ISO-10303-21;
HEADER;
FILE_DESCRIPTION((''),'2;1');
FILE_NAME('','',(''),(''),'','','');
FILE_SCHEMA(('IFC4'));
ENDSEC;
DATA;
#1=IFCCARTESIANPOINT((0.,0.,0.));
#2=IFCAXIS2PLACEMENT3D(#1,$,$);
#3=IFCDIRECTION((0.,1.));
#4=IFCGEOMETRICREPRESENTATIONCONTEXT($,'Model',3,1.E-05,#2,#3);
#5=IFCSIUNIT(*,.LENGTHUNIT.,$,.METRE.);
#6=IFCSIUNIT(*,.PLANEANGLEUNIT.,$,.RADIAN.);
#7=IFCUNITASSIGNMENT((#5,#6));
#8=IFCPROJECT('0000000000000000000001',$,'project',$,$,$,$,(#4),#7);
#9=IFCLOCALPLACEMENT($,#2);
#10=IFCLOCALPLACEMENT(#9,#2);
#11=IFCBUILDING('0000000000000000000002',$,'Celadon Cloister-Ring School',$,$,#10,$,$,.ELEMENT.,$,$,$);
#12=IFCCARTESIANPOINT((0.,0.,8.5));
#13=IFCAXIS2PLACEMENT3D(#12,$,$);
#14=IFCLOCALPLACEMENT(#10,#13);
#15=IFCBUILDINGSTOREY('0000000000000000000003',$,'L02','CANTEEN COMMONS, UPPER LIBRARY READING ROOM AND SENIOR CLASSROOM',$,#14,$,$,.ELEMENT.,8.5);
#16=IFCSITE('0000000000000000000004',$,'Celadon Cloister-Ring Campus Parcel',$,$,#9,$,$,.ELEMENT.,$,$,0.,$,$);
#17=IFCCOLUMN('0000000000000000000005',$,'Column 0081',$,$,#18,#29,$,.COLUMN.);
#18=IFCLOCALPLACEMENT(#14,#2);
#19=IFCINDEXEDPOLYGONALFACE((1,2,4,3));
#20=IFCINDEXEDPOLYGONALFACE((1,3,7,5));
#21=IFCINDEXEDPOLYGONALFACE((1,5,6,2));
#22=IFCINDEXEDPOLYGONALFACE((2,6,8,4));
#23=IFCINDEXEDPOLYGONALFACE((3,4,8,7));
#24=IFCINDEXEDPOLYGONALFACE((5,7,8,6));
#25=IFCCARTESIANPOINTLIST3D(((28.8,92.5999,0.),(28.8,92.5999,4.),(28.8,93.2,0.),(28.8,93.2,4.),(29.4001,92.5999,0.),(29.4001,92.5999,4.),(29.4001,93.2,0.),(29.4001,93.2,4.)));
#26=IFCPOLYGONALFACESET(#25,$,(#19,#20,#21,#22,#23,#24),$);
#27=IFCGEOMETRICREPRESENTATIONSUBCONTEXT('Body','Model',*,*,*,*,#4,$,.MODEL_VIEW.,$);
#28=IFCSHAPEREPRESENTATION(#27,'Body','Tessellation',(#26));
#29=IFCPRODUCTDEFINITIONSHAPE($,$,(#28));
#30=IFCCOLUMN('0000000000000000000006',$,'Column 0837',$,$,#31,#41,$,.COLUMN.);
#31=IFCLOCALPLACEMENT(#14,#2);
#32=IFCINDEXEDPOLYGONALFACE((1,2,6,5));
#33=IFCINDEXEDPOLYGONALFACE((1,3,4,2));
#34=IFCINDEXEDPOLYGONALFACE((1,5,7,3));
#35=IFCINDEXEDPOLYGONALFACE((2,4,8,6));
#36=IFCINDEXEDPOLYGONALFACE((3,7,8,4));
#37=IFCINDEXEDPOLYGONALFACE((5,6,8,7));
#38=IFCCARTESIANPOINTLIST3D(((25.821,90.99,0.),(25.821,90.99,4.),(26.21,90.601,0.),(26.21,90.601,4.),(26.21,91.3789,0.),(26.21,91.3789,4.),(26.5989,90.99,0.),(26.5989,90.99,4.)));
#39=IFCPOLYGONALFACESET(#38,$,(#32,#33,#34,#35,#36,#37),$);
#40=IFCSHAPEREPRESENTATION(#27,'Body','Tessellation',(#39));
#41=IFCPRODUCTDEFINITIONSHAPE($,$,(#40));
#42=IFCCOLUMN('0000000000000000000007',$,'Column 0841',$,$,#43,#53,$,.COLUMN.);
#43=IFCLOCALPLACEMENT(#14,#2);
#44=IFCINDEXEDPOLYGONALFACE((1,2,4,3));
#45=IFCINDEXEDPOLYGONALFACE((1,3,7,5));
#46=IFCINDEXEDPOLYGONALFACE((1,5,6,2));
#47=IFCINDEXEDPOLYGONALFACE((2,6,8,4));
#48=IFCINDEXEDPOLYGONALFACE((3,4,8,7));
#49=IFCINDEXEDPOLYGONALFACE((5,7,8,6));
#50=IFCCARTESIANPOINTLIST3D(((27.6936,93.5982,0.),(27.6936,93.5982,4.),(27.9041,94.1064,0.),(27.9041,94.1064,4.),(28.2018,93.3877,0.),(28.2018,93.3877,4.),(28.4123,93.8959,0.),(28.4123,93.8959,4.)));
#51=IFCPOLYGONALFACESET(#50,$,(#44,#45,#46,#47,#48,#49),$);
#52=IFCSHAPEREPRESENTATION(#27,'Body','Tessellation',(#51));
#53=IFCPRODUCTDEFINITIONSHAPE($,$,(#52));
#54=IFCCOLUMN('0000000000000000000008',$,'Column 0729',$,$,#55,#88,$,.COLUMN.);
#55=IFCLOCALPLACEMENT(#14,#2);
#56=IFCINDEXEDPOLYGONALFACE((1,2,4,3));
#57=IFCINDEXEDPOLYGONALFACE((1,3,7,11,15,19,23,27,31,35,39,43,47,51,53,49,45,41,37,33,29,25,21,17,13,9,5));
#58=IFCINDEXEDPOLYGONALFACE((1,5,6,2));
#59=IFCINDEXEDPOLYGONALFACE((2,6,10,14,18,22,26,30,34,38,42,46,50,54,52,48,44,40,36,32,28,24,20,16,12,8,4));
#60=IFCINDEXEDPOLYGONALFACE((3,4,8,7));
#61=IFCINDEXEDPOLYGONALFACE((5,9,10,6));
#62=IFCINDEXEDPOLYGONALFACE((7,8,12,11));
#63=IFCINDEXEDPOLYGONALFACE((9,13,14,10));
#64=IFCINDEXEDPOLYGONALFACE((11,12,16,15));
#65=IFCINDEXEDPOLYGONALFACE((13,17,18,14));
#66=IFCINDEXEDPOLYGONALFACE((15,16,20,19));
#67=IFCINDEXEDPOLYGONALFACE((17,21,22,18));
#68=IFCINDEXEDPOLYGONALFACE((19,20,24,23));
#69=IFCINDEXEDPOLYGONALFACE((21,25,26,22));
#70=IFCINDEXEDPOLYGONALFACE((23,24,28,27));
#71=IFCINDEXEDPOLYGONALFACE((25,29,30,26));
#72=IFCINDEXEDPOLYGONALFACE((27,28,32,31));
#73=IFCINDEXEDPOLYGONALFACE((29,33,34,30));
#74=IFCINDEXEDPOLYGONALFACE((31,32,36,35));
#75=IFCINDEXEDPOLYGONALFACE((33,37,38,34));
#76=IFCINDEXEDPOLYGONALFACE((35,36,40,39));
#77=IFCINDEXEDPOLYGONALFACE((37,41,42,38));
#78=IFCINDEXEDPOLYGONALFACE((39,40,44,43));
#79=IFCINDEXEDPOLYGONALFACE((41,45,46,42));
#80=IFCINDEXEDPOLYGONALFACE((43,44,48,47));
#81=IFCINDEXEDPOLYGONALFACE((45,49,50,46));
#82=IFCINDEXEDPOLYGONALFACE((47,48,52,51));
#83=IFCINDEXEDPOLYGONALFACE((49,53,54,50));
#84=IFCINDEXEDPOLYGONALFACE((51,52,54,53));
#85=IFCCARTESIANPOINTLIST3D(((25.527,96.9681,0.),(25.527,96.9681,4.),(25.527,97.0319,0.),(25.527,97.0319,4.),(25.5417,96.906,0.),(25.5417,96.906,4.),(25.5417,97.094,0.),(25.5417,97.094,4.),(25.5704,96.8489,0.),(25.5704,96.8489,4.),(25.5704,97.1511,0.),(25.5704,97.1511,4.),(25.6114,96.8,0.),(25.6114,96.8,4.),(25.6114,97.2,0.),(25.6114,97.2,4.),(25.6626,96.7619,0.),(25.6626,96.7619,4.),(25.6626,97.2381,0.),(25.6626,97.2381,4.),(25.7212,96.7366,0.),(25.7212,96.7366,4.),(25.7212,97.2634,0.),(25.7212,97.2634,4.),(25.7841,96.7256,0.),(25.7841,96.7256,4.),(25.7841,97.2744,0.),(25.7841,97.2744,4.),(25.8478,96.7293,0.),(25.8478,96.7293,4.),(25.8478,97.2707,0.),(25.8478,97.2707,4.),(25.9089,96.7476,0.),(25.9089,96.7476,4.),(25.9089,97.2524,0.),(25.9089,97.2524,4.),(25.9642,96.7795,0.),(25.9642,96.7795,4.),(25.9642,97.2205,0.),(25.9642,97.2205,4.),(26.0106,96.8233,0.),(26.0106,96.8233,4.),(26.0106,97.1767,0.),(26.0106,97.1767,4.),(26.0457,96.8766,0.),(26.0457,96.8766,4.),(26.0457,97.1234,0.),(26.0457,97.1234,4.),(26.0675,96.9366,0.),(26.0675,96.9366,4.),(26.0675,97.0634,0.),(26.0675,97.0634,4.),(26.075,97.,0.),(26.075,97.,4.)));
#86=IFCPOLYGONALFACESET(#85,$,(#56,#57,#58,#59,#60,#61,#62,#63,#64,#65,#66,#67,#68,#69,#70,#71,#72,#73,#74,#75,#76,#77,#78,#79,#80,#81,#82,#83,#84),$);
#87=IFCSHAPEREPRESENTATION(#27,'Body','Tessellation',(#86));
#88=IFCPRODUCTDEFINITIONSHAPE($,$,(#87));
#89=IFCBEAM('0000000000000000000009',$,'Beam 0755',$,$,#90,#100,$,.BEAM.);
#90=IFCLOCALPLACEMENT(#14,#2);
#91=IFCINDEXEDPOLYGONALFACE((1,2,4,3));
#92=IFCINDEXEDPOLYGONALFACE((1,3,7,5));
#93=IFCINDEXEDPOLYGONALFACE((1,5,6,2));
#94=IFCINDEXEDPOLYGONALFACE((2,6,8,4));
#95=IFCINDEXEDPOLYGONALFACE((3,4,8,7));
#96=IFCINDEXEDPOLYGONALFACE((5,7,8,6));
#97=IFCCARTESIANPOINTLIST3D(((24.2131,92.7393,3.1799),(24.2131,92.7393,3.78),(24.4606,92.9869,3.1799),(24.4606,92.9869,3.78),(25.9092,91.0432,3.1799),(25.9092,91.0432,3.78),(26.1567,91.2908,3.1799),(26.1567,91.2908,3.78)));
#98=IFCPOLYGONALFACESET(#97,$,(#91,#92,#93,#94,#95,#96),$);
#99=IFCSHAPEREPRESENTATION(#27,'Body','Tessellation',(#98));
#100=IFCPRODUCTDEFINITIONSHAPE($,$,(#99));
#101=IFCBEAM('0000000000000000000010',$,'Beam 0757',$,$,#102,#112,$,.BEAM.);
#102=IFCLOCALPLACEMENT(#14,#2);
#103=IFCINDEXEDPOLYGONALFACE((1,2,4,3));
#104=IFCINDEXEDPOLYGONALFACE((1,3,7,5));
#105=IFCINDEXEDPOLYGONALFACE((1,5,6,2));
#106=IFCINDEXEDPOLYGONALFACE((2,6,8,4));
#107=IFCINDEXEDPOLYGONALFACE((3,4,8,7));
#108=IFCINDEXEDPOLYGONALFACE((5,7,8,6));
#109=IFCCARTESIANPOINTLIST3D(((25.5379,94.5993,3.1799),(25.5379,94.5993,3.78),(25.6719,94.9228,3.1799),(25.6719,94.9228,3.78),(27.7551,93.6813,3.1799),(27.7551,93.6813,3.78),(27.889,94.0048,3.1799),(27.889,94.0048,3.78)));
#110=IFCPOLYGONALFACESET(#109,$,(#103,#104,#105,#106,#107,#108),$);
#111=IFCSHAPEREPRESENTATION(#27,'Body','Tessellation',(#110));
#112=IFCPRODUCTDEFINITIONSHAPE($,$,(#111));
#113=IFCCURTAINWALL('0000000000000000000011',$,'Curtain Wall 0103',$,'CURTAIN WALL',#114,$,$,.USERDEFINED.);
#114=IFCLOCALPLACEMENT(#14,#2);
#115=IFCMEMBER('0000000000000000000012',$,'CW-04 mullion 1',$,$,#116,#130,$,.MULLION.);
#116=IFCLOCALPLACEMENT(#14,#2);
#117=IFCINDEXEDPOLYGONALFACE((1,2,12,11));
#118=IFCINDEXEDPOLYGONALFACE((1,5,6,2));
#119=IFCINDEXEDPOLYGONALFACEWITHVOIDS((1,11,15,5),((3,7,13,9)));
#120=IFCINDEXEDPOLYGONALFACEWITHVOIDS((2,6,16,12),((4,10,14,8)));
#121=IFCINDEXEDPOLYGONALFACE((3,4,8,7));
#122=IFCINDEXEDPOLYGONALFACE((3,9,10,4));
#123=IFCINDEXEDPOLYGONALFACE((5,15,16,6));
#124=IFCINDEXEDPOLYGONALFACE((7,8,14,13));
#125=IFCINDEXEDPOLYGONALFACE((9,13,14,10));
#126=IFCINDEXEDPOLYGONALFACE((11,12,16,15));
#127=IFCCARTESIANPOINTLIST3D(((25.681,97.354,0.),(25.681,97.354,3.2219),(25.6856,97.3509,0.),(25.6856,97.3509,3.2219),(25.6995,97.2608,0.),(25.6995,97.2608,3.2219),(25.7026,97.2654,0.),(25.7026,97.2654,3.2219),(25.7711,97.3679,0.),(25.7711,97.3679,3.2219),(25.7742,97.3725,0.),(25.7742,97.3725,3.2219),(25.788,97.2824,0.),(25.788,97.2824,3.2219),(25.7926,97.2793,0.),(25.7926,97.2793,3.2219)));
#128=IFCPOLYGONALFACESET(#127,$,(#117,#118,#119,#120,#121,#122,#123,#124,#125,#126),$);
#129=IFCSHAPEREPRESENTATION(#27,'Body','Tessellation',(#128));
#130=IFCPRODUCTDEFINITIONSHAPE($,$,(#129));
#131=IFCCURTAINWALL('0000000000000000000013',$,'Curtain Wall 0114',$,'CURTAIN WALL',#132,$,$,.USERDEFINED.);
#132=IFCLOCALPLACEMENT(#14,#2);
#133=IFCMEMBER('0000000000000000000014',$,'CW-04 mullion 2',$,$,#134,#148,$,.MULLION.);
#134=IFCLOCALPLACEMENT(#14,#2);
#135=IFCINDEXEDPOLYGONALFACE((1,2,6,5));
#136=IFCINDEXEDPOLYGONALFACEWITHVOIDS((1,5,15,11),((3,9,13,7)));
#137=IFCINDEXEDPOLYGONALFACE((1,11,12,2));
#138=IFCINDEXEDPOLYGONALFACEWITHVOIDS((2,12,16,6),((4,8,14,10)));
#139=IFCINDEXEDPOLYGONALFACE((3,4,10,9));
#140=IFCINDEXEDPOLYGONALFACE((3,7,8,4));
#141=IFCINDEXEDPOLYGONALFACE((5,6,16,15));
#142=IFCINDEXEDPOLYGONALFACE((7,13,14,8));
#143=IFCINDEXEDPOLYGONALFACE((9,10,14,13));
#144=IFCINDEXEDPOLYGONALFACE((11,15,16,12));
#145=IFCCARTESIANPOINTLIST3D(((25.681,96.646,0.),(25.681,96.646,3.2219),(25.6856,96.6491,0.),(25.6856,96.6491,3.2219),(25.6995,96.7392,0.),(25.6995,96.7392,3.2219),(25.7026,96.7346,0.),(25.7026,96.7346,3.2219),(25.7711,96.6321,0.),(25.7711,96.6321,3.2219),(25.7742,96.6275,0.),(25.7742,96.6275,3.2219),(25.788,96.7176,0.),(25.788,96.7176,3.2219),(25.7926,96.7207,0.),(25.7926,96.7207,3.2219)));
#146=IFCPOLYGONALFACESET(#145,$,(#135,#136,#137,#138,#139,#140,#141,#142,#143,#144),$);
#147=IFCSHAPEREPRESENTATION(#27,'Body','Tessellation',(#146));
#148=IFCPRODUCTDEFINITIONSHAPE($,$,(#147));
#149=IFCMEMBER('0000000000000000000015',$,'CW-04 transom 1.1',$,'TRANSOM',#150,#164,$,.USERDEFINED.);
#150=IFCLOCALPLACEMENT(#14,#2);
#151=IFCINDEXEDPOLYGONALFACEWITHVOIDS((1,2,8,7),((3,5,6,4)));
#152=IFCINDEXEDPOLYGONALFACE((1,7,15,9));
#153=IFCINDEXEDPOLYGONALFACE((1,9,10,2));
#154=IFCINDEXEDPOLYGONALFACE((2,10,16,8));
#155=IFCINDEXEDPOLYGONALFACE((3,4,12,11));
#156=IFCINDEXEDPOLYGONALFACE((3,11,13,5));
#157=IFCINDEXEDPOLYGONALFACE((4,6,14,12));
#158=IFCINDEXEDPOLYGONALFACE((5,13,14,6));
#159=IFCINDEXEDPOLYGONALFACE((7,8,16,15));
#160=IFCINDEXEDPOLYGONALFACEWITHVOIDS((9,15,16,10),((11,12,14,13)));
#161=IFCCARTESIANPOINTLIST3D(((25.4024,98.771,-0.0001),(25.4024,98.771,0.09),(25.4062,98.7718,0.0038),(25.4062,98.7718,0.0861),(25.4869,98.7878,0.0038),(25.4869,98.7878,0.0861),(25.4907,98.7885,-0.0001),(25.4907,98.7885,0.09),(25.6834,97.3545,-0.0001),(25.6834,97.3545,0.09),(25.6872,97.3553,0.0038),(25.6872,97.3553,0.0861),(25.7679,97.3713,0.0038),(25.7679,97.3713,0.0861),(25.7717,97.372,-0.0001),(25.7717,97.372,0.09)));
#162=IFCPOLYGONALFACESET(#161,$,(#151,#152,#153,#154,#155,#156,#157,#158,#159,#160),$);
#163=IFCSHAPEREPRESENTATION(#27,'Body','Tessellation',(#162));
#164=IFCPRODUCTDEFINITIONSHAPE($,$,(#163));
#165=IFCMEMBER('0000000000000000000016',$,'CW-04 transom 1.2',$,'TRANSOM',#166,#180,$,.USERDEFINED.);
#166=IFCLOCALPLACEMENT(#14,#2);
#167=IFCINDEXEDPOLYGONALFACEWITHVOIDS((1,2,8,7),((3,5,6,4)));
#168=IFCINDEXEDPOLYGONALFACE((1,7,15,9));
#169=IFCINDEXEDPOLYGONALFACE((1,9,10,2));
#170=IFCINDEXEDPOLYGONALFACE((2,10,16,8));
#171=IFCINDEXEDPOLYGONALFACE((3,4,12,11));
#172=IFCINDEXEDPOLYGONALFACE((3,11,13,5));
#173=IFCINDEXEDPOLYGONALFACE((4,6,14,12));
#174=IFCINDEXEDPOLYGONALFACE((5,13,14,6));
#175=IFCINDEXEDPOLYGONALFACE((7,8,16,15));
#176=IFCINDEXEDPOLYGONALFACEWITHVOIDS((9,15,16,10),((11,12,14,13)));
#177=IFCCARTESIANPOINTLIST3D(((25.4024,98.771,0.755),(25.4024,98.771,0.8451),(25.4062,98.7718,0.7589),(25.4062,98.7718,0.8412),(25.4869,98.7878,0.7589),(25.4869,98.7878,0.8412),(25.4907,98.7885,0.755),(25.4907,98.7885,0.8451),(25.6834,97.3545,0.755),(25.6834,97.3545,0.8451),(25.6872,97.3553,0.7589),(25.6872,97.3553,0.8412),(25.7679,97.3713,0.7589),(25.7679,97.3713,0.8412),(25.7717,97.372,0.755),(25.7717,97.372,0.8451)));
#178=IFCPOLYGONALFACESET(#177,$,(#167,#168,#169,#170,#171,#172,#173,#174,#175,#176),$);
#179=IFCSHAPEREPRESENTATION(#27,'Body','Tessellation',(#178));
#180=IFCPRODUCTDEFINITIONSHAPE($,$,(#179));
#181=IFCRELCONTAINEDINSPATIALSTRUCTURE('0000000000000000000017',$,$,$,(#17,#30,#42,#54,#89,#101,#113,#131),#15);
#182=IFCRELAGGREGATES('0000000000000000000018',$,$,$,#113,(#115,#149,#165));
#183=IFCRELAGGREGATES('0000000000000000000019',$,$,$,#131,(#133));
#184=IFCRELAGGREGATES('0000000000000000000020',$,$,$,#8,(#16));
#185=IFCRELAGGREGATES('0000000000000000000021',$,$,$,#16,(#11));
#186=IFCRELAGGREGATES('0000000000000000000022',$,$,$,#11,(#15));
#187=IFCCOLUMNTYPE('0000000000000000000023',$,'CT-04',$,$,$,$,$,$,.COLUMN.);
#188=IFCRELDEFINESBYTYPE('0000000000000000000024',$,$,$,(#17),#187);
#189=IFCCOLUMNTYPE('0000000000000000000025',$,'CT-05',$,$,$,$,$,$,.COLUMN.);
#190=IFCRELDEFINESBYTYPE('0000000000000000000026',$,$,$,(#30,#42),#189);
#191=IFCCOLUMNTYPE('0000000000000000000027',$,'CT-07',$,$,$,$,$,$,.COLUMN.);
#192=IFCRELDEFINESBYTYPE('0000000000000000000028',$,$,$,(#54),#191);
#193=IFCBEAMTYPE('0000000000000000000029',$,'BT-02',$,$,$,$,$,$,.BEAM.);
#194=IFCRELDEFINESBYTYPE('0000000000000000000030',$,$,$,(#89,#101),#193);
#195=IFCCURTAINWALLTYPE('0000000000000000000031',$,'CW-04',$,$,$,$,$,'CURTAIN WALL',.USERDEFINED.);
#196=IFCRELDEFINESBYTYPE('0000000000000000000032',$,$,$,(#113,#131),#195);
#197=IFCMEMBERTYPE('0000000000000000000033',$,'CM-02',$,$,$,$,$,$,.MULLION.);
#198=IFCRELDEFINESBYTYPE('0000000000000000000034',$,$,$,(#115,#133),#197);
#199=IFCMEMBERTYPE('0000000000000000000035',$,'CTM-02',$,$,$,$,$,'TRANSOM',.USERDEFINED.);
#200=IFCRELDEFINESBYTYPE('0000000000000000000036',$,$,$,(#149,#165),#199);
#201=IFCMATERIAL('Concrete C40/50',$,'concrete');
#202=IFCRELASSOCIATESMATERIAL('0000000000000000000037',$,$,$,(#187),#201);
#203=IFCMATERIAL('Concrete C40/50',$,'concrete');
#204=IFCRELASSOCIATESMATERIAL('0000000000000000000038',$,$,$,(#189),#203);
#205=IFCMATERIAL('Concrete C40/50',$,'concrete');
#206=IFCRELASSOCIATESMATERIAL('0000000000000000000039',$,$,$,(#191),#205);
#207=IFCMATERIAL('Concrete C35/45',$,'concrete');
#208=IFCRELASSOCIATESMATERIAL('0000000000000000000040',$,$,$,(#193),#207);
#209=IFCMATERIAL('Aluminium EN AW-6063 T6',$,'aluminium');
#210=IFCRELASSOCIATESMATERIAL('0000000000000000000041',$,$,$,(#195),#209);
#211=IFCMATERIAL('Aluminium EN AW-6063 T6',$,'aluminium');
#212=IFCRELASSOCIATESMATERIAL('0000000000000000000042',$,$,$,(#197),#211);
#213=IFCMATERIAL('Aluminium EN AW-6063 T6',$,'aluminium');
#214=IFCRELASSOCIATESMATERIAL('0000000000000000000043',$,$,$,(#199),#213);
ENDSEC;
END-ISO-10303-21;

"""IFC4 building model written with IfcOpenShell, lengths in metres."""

from ifc_helpers import new_model, si_unit, direction, frame, origin, origin_2d, place, context, subcontext, project, spatial, rectangle, hollow_rectangle, circle, extrude, material, material_profile, profile_set, type_object, element, aggregate, save


model = new_model("IFC4")

# Units and contexts
model_context = context("Model", 3, precision=1e-05, world=origin(), true_north=direction((0.0, 1.0)))
body_context = subcontext(model_context, "Body", "Model", "MODEL_VIEW")
ifc_project = project(units=[si_unit("LENGTHUNIT", "METRE"), si_unit("PLANEANGLEUNIT", "RADIAN")], contexts=[model_context])

# Site, building, storey
site_placement = place(None, origin())
site = spatial("IfcSite", under=ifc_project, at=site_placement, Name="Celadon Cloister-Ring Campus Parcel", CompositionType="ELEMENT", RefElevation=0.0)
building_placement = place(site_placement, origin())
building = spatial("IfcBuilding", under=site, at=building_placement, Name="Celadon Cloister-Ring School", CompositionType="ELEMENT")
storey_placement = place(building_placement, frame((0.0, 0.0, 8.5)))
storey = spatial("IfcBuildingStorey", under=building, at=storey_placement, Name="L02", Description="CANTEEN COMMONS, UPPER LIBRARY READING ROOM AND SENIOR CLASSROOM", CompositionType="ELEMENT", Elevation=8.5)

# Columns
ifc_material_1 = material(Name="Concrete C40/50", Category="concrete")
ifc_material_profile_1 = material_profile(ifc_material_1, rectangle(XDim=0.6001, YDim=0.6001, at=origin_2d()), Name="RC600X600")
ifc_profile_set_1 = profile_set([ifc_material_profile_1], Name="Concrete C40/50")
column_type_1 = type_object("IfcColumnType", Name="CT-04", PredefinedType="COLUMN", material=ifc_profile_set_1)
column_1_placement = place(storey_placement, frame((29.1001, 92.8999, 0.0), z_axis=(0.0, 0.0, 1.0), x_axis=(1.0, 0.0, 0.0)))
element("IfcColumn", 1, at=column_1_placement, inside=storey, type_object=column_type_1, Name="Column 0081", PredefinedType="COLUMN", context=body_context, shape_type="SweptSolid", body=[
    extrude(rectangle(XDim=0.6001, YDim=0.6001, at=origin_2d()), origin(), (0.0, 0.0, 1.0), 4.0),
])
ifc_material_2 = material(Name="Concrete C40/50", Category="concrete")
ifc_material_profile_2 = material_profile(ifc_material_2, rectangle(XDim=0.55, YDim=0.55, at=origin_2d()), Name="RC550X550")
ifc_profile_set_2 = profile_set([ifc_material_profile_2], Name="Concrete C40/50")
column_type_2 = type_object("IfcColumnType", Name="CT-05", PredefinedType="COLUMN", material=ifc_profile_set_2)
for number, where, z_axis, x_axis, name in (
    (2, (26.21, 90.99, 0.0), (0.0, 0.0, 1.0), (0.707107, -0.707107, 0.0), "Column 0837"),
    (3, (28.053, 93.7471, 0.0), (0.0, 0.0, 1.0), (0.92388, -0.382683, 0.0), "Column 0841"),
):
    element("IfcColumn", number, at=place(storey_placement, frame(where, z_axis=z_axis, x_axis=x_axis)), inside=storey, type_object=column_type_2, Name=name, PredefinedType="COLUMN", context=body_context, shape_type="SweptSolid", body=[
        extrude(rectangle(XDim=0.55, YDim=0.55, at=origin_2d()), origin(), (0.0, 0.0, 1.0), 4.0),
    ])
ifc_material_3 = material(Name="Concrete C40/50", Category="concrete")
ifc_material_profile_3 = material_profile(ifc_material_3, circle(Radius=0.2749, at=origin_2d()), Name="CIRC550")
ifc_profile_set_3 = profile_set([ifc_material_profile_3], Name="Concrete C40/50")
column_type_3 = type_object("IfcColumnType", Name="CT-07", PredefinedType="COLUMN", material=ifc_profile_set_3)
column_2_placement = place(storey_placement, frame((25.8, 97.0, 0.0), z_axis=(0.0, 0.0, 1.0), x_axis=(1.0, 0.0, 0.0)))
element("IfcColumn", 4, at=column_2_placement, inside=storey, type_object=column_type_3, Name="Column 0729", PredefinedType="COLUMN", context=body_context, shape_type="SweptSolid", body=[
    extrude(circle(Radius=0.2749, at=origin_2d()), origin(), (0.0, 0.0, 1.0), 4.0),
])

# Beams
ifc_material_4 = material(Name="Concrete C35/45", Category="concrete")
ifc_material_profile_4 = material_profile(ifc_material_4, rectangle(XDim=0.3501, YDim=0.6001, at=origin_2d()), Name="RC350X600")
ifc_profile_set_4 = profile_set([ifc_material_profile_4], Name="Concrete C35/45")
beam_type_1 = type_object("IfcBeamType", Name="BT-02", PredefinedType="BEAM", material=ifc_profile_set_4)
beam_1_placement = place(storey_placement, frame((26.033, 91.167, 3.48), z_axis=(-0.707107, 0.707107, 0.0), x_axis=(-0.707107, -0.707107, 0.0)))
element("IfcBeam", 5, at=beam_1_placement, inside=storey, type_object=beam_type_1, Name="Beam 0755", PredefinedType="BEAM", context=body_context, shape_type="SweptSolid", body=[
    extrude(rectangle(XDim=0.3501, YDim=0.6001, at=origin_2d()), origin(), (0.0, 0.0, 1.0), 2.3987),
])
beam_2_placement = place(storey_placement, frame((27.822, 93.843, 3.48), z_axis=(-0.923933, 0.382555, 0.0), x_axis=(-0.382555, -0.923933, 0.0)))
element("IfcBeam", 6, at=beam_2_placement, inside=storey, type_object=beam_type_1, Name="Beam 0757", PredefinedType="BEAM", context=body_context, shape_type="SweptSolid", body=[
    extrude(rectangle(XDim=0.3501, YDim=0.6001, at=origin_2d()), origin(), (0.0, 0.0, 1.0), 2.3997),
])

# Curtain walls, members
ifc_material_5 = material(Name="Aluminium EN AW-6063 T6", Category="aluminium")
curtain_wall_type = type_object("IfcCurtainWallType", Name="CW-04", ElementType="CURTAIN WALL", PredefinedType="USERDEFINED", material=ifc_material_5)
curtain_wall_1_placement = place(storey_placement, origin())
curtain_wall_1 = element("IfcCurtainWall", 7, at=curtain_wall_1_placement, inside=storey, type_object=curtain_wall_type, Name="Curtain Wall 0103", ObjectType="CURTAIN WALL", PredefinedType="USERDEFINED")
ifc_material_6 = material(Name="Aluminium EN AW-6063 T6", Category="aluminium")
ifc_material_profile_5 = material_profile(ifc_material_6, hollow_rectangle(XDim=0.095, YDim=0.095, WallThickness=0.0039, at=origin_2d()), Name="RHS95X95X4")
ifc_profile_set_5 = profile_set([ifc_material_profile_5], Name="Aluminium EN AW-6063 T6")
member_type_1 = type_object("IfcMemberType", Name="CM-02", PredefinedType="MULLION", material=ifc_profile_set_5)
member_1_placement = place(storey_placement, frame((25.7368, 97.3167, 0.0), z_axis=(0.0, 0.0, 1.0), x_axis=(-0.980885, -0.194586, 0.0)))
member_1 = element("IfcMember", 8, at=member_1_placement, type_object=member_type_1, Name="CW-04 mullion 1", PredefinedType="MULLION", context=body_context, shape_type="SweptSolid", body=[
    extrude(hollow_rectangle(XDim=0.095, YDim=0.095, WallThickness=0.0039, at=origin_2d()), origin(), (0.0, 0.0, 1.0), 3.2219),
])
curtain_wall_2_placement = place(storey_placement, origin())
curtain_wall_2 = element("IfcCurtainWall", 9, at=curtain_wall_2_placement, inside=storey, type_object=curtain_wall_type, Name="Curtain Wall 0114", ObjectType="CURTAIN WALL", PredefinedType="USERDEFINED")
member_2_placement = place(storey_placement, frame((25.7368, 96.6833, 0.0), z_axis=(0.0, 0.0, 1.0), x_axis=(-0.980885, 0.194586, 0.0)))
member_2 = element("IfcMember", 10, at=member_2_placement, type_object=member_type_1, Name="CW-04 mullion 2", PredefinedType="MULLION", context=body_context, shape_type="SweptSolid", body=[
    extrude(hollow_rectangle(XDim=0.095, YDim=0.095, WallThickness=0.0039, at=origin_2d()), origin(), (0.0, 0.0, 1.0), 3.2219),
])

# Members
ifc_material_7 = material(Name="Aluminium EN AW-6063 T6", Category="aluminium")
ifc_material_profile_6 = material_profile(ifc_material_7, hollow_rectangle(XDim=0.0901, YDim=0.0901, WallThickness=0.0039, at=origin_2d()), Name="RHS90X90X4")
ifc_profile_set_6 = profile_set([ifc_material_profile_6], Name="Aluminium EN AW-6063 T6")
member_type_2 = type_object("IfcMemberType", Name="CTM-02", ElementType="TRANSOM", PredefinedType="USERDEFINED", material=ifc_profile_set_6)
member_3_placement = place(storey_placement, frame((25.7275, 97.3633, 0.0449), z_axis=(-0.194588, 0.980885, 0.0), x_axis=(-0.980885, -0.194588, 0.0)))
member_3 = element("IfcMember", 11, at=member_3_placement, type_object=member_type_2, Name="CW-04 transom 1.1", ObjectType="TRANSOM", PredefinedType="USERDEFINED", context=body_context, shape_type="SweptSolid", body=[
    extrude(hollow_rectangle(XDim=0.0901, YDim=0.0901, WallThickness=0.0039, at=origin_2d()), origin(), (0.0, 0.0, 1.0), 1.4441),
])
member_4_placement = place(storey_placement, frame((25.7275, 97.3633, 0.8), z_axis=(-0.194588, 0.980885, 0.0), x_axis=(-0.980885, -0.194588, 0.0)))
member_4 = element("IfcMember", 12, at=member_4_placement, type_object=member_type_2, Name="CW-04 transom 1.2", ObjectType="TRANSOM", PredefinedType="USERDEFINED", context=body_context, shape_type="SweptSolid", body=[
    extrude(hollow_rectangle(XDim=0.0901, YDim=0.0901, WallThickness=0.0039, at=origin_2d()), origin(), (0.0, 0.0, 1.0), 1.4441),
])

aggregate(curtain_wall_1, [member_1, member_3, member_4])
aggregate(curtain_wall_2, [member_2])

save(model, "model.ifc")
